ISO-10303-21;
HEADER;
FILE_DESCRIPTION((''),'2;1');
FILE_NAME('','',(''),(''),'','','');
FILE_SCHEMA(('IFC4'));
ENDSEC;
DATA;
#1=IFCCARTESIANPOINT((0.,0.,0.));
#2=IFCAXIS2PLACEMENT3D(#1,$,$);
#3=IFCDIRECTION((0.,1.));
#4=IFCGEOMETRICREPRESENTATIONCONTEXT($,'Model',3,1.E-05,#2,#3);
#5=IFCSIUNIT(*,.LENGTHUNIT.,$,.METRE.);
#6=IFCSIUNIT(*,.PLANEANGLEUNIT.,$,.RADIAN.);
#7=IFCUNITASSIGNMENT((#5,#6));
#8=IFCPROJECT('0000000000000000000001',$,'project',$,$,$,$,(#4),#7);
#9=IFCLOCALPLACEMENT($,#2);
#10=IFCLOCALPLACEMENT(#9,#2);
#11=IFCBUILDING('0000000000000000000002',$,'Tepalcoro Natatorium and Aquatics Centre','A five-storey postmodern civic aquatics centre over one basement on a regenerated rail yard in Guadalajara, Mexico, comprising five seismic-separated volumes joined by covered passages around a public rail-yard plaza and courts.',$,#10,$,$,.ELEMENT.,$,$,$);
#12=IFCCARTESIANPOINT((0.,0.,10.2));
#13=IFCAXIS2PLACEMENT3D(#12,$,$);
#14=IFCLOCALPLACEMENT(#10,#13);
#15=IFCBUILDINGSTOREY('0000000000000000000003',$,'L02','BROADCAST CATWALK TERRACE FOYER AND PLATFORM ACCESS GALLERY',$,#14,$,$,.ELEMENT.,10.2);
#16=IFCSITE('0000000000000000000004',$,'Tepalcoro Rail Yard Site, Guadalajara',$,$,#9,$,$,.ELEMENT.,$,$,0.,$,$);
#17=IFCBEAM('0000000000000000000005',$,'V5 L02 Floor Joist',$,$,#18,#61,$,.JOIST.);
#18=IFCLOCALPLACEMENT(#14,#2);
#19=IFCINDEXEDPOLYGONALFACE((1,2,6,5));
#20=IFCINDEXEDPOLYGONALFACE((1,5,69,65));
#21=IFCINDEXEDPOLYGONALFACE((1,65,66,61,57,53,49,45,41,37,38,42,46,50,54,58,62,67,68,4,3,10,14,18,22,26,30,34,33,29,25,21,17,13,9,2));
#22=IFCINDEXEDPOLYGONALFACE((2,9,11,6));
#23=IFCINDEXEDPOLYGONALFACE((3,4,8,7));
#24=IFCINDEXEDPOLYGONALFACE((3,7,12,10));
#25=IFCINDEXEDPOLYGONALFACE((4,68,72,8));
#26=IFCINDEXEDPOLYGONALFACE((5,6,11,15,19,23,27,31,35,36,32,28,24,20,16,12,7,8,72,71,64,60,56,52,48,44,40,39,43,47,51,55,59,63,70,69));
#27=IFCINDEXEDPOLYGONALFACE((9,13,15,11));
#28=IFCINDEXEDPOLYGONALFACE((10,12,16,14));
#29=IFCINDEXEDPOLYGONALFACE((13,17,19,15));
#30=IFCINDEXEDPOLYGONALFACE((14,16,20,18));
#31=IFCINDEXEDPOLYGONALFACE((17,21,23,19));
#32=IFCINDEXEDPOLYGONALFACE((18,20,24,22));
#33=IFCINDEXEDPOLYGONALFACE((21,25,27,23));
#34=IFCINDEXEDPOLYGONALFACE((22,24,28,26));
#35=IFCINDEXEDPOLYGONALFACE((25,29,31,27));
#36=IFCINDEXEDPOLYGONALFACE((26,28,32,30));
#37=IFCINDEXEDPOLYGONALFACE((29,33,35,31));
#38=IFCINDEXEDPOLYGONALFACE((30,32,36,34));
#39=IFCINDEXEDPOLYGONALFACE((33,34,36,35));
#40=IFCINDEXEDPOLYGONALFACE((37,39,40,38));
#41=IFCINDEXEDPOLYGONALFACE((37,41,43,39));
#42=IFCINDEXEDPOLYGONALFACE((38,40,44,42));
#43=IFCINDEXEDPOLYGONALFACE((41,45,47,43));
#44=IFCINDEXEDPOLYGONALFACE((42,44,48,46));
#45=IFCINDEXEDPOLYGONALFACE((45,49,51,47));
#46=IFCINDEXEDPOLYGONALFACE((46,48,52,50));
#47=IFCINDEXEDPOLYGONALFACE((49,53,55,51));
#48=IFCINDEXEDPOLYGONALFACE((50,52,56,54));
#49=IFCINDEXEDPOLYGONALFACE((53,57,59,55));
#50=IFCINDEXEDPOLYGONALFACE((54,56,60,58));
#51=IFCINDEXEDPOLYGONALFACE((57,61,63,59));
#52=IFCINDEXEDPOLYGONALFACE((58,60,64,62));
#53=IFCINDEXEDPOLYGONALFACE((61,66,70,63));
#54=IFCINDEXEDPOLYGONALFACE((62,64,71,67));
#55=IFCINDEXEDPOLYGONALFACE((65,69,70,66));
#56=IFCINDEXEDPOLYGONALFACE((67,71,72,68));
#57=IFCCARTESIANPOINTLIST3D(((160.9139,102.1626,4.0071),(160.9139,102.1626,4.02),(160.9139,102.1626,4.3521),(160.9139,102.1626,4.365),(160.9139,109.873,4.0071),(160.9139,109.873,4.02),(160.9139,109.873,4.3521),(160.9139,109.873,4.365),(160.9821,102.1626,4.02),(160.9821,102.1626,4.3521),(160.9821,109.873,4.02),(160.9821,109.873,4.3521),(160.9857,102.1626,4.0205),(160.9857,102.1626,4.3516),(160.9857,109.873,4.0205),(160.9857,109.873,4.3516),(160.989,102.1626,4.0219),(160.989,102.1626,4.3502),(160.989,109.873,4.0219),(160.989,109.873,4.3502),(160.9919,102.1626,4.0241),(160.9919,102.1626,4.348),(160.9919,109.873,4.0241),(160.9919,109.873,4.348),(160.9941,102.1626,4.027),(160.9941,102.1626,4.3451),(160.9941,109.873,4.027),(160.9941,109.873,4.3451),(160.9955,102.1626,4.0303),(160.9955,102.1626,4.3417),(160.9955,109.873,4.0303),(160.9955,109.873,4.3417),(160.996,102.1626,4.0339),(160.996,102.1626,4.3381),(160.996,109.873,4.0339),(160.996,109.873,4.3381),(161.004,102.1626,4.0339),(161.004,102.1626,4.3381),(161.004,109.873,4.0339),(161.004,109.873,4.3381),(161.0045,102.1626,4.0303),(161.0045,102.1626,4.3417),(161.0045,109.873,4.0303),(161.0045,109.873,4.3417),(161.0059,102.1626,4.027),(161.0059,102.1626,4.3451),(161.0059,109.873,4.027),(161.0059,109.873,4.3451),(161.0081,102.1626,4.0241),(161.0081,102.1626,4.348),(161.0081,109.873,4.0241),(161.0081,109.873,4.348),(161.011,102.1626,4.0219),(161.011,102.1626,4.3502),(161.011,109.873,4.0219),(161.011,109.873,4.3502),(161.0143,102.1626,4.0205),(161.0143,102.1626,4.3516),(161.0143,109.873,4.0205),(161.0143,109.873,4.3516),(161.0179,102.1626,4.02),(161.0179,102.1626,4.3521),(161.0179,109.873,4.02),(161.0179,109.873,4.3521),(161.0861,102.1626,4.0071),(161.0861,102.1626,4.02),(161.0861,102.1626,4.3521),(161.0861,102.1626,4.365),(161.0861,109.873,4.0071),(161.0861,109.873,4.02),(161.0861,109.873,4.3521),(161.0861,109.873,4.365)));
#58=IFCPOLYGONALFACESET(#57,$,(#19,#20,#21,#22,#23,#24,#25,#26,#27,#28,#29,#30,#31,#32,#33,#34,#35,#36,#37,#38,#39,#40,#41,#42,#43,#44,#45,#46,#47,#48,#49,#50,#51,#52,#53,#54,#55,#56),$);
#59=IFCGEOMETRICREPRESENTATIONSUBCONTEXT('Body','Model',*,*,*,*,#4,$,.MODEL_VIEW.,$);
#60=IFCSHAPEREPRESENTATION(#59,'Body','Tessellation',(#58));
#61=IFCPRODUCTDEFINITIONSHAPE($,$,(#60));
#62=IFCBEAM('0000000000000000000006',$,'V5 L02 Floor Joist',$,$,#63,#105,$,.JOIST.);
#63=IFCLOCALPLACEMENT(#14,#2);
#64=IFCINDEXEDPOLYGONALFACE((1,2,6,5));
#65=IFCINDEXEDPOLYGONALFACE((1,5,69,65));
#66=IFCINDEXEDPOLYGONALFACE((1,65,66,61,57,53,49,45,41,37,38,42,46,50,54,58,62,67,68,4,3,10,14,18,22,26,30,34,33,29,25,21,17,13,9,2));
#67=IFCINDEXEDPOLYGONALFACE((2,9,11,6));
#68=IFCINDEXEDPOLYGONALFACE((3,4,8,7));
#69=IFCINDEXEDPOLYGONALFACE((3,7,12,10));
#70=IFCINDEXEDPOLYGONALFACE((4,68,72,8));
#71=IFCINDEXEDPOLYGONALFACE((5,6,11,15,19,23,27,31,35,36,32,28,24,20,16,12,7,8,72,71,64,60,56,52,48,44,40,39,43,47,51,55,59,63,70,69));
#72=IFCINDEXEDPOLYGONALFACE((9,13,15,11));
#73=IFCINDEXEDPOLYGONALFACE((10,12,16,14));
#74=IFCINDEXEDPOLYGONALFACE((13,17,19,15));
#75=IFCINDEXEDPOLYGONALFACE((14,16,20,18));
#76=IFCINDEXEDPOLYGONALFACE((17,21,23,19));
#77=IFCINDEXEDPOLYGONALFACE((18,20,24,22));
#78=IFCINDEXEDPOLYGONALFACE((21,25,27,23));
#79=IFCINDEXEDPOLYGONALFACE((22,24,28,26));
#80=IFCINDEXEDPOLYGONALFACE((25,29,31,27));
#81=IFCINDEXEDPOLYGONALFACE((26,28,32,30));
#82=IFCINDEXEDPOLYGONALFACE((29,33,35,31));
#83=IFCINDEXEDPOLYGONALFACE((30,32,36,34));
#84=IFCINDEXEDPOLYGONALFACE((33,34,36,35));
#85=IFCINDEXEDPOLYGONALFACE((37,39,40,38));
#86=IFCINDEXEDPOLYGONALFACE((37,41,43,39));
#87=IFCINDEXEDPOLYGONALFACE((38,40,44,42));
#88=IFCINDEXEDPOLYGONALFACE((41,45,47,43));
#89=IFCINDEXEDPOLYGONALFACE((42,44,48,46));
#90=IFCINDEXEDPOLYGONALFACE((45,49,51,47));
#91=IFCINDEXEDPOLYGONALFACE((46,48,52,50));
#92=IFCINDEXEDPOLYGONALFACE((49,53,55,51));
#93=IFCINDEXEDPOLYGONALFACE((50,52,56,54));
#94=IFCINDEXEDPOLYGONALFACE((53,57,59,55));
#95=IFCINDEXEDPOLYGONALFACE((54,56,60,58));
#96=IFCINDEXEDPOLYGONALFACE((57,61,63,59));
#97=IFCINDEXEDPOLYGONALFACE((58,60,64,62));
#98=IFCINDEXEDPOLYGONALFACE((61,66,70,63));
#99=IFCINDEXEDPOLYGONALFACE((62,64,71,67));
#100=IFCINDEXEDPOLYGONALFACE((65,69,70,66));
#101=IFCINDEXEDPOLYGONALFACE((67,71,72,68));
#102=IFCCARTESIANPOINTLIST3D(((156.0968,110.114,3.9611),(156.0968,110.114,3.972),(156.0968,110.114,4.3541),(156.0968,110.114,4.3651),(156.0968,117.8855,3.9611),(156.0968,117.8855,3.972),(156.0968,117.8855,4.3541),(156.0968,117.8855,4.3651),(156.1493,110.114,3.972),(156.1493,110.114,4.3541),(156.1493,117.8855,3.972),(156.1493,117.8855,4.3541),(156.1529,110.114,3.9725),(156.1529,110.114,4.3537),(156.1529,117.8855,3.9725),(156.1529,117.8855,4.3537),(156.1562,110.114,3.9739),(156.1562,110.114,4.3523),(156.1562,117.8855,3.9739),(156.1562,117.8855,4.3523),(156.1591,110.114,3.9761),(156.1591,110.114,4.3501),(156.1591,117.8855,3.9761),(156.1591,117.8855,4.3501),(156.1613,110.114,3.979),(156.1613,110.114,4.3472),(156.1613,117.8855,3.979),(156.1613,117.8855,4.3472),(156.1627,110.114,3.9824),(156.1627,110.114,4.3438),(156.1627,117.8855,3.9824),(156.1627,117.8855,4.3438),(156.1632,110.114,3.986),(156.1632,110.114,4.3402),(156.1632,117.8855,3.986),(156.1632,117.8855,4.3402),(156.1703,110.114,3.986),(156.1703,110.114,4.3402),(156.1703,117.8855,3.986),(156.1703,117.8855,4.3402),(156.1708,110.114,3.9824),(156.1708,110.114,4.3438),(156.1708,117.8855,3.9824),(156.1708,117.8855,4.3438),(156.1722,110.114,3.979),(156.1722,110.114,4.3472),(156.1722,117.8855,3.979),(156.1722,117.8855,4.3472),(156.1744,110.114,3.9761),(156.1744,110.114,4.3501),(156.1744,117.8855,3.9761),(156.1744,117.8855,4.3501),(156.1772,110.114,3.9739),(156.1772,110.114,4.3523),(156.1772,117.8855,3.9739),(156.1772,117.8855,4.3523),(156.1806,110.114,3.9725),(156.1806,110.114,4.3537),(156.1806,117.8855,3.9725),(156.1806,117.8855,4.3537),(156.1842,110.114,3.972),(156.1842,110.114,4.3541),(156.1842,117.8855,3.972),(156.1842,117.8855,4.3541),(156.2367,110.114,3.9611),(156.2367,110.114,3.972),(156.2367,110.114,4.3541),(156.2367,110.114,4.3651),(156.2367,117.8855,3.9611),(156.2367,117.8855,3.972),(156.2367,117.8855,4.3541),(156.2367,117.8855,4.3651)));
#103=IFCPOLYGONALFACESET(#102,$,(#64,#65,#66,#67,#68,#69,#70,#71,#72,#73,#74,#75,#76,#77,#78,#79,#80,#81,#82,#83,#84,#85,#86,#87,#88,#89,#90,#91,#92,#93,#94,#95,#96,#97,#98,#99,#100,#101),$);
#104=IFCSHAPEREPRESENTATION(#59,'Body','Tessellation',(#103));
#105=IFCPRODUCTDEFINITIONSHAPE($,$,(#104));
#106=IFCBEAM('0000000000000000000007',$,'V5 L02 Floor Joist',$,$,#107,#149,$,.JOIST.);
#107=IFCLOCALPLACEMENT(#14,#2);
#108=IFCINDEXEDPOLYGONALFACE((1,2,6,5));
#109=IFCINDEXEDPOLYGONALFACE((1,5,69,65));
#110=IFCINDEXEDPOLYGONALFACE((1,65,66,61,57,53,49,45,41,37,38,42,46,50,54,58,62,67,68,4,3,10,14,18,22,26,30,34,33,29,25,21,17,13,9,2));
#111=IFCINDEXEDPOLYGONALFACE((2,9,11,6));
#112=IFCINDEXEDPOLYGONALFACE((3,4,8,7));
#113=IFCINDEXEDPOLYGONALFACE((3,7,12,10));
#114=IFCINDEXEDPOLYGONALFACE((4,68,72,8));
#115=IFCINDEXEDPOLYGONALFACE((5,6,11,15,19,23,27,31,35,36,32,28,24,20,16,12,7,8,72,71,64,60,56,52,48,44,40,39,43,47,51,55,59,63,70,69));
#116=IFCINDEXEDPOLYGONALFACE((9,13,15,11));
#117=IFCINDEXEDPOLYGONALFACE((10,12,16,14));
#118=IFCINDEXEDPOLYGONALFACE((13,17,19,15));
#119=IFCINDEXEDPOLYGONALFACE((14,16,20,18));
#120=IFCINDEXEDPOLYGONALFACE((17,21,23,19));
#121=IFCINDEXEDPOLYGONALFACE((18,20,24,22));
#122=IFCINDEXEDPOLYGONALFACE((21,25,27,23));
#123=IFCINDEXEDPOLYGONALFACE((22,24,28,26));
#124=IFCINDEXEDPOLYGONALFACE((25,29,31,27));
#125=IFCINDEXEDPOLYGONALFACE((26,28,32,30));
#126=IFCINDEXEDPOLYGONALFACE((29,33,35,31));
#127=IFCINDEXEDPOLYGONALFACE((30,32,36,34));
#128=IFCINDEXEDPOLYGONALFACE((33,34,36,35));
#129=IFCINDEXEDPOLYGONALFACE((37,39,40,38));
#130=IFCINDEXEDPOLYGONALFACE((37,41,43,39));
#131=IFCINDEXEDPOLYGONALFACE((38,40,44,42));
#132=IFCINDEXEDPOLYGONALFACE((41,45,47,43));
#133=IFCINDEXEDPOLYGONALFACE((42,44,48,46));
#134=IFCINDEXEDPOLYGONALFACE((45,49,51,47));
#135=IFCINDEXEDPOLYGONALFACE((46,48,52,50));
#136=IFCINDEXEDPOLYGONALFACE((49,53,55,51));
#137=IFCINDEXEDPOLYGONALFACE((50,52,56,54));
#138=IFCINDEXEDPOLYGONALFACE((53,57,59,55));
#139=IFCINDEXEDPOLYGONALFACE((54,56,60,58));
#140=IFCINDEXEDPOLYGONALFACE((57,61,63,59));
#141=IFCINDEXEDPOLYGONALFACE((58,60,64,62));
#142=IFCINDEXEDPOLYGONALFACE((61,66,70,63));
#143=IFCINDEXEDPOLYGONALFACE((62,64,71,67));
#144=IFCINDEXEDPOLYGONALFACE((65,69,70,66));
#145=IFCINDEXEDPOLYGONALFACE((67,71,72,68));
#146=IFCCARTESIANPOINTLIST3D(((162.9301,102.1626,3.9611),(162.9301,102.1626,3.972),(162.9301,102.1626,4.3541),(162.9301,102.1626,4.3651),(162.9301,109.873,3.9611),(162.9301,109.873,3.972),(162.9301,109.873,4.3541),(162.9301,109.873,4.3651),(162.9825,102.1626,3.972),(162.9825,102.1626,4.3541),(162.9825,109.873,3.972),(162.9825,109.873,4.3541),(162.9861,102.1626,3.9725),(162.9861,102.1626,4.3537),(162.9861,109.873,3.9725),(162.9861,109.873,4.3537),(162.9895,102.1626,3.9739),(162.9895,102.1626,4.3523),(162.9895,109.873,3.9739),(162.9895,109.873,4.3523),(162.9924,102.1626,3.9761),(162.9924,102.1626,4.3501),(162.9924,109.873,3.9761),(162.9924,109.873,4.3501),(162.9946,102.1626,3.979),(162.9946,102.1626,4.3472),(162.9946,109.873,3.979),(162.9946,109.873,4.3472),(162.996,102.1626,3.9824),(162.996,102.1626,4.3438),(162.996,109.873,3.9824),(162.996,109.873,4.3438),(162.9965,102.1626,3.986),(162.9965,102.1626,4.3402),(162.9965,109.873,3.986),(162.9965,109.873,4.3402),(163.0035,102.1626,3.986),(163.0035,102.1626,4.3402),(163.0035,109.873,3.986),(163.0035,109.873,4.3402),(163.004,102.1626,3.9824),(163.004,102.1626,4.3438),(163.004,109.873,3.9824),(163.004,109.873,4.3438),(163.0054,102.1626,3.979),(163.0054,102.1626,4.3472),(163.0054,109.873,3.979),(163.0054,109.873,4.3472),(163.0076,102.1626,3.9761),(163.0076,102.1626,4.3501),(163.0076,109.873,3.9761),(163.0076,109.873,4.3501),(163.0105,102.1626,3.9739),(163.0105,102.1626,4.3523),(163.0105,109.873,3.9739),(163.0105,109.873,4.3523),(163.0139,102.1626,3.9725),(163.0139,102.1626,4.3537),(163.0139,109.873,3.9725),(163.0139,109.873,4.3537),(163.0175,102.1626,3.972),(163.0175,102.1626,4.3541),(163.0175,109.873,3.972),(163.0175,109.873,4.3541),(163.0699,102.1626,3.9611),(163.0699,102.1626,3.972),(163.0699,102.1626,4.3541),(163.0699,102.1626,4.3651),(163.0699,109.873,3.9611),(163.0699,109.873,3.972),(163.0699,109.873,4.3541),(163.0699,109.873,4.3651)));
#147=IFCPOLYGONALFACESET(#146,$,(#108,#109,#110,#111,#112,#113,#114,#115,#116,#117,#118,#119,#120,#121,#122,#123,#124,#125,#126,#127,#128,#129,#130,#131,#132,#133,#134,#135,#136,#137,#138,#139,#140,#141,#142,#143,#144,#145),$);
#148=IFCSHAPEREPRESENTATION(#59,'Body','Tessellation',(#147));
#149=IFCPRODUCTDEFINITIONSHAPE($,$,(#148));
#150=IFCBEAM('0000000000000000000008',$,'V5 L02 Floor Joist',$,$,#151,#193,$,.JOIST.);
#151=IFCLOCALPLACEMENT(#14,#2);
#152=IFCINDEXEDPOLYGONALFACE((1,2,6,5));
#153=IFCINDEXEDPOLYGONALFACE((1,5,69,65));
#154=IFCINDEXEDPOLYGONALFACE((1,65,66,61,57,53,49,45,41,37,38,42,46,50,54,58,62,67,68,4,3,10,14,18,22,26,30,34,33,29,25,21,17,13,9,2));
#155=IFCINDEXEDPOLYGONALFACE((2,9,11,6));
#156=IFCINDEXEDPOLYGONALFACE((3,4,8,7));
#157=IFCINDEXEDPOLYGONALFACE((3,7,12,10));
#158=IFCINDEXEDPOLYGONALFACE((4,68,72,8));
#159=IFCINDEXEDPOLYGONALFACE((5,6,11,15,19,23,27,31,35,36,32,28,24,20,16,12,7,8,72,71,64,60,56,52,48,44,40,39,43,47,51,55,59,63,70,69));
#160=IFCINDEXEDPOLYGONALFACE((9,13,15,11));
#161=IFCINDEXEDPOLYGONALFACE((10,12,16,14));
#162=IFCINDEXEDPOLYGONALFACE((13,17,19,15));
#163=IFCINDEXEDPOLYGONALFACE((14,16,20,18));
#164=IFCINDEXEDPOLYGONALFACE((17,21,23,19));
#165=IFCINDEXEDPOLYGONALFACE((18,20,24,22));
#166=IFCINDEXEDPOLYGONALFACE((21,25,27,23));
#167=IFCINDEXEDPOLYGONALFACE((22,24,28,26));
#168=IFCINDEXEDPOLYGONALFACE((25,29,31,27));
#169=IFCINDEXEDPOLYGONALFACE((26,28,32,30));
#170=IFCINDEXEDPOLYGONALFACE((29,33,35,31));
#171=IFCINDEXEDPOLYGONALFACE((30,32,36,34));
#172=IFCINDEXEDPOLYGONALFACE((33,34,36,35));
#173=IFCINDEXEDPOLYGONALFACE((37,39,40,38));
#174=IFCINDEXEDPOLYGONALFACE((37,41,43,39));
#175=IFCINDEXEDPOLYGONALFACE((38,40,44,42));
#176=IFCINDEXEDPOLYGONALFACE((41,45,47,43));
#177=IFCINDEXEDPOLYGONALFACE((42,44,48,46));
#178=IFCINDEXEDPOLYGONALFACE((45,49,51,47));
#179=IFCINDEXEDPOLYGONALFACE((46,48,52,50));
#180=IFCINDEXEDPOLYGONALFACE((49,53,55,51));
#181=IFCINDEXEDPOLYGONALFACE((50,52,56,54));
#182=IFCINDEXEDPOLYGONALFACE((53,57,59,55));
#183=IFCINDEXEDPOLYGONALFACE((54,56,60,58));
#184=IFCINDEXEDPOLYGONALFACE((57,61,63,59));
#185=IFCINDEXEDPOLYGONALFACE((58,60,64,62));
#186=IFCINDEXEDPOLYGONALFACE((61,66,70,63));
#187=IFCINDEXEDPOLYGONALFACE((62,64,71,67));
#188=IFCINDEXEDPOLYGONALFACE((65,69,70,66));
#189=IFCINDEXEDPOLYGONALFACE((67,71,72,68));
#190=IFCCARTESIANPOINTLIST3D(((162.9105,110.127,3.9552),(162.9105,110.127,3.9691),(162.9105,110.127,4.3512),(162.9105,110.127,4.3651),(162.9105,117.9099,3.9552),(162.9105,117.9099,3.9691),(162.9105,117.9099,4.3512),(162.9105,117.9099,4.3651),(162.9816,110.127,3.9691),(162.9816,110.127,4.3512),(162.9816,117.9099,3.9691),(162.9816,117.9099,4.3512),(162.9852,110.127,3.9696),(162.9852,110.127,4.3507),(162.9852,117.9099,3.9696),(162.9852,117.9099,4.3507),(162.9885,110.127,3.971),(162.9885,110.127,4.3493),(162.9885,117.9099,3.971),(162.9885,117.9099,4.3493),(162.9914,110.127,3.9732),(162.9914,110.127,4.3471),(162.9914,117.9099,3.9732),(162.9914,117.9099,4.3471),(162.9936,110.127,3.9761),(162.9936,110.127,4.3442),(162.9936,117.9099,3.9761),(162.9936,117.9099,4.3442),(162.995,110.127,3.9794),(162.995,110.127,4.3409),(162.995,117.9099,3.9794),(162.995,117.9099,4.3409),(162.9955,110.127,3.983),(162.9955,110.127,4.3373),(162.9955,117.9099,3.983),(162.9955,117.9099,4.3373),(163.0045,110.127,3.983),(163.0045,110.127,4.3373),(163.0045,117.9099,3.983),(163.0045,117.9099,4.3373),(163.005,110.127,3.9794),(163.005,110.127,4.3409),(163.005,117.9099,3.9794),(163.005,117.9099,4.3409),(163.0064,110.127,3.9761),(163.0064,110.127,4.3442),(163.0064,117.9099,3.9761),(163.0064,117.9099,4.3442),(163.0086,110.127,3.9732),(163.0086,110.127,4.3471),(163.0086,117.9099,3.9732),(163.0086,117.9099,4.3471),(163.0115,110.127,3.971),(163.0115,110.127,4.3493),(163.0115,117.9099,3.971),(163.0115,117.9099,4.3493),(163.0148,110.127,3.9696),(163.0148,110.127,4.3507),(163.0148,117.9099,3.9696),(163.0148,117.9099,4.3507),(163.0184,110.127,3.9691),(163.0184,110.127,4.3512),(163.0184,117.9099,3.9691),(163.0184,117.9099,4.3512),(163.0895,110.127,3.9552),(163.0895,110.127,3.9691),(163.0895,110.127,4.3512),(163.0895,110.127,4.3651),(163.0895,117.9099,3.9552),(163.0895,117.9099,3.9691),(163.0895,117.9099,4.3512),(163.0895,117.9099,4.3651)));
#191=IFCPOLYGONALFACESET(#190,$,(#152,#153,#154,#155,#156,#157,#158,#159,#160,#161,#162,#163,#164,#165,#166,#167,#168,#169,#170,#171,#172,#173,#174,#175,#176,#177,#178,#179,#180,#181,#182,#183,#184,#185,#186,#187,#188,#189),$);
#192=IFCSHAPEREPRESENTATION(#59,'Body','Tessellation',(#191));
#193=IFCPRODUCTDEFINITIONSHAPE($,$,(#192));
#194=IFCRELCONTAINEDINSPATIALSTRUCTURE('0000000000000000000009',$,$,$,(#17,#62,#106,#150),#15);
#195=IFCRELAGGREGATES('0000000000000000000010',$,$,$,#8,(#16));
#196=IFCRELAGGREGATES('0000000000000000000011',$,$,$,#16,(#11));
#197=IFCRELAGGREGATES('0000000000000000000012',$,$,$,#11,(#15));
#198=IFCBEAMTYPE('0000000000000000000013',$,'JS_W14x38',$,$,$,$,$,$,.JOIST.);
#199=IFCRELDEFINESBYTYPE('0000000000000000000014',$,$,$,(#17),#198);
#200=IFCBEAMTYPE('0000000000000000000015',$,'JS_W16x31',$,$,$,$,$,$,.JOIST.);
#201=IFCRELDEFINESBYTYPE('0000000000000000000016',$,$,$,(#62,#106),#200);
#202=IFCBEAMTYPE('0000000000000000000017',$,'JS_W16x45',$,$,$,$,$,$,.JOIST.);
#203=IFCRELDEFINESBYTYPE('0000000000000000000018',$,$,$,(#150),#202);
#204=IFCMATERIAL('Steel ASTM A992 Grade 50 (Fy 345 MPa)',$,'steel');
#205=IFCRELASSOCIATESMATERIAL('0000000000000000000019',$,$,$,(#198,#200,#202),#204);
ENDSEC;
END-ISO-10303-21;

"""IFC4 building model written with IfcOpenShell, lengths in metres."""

from ifc_helpers import new_model, si_unit, direction, frame, origin, origin_2d, place, context, subcontext, project, spatial, i_section, extrude, material, material_profile, profile_set, type_object, element, save


model = new_model("IFC4")

# Units and contexts
model_context = context("Model", 3, precision=1e-05, world=origin(), true_north=direction((0.0, 1.0)))
body_context = subcontext(model_context, "Body", "Model", "MODEL_VIEW")
ifc_project = project(units=[si_unit("LENGTHUNIT", "METRE"), si_unit("PLANEANGLEUNIT", "RADIAN")], contexts=[model_context])

# Site, building, storey
site_placement = place(None, origin())
site = spatial("IfcSite", under=ifc_project, at=site_placement, Name="Tepalcoro Rail Yard Site, Guadalajara", CompositionType="ELEMENT", RefElevation=0.0)
building_placement = place(site_placement, origin())
building = spatial("IfcBuilding", under=site, at=building_placement, Name="Tepalcoro Natatorium and Aquatics Centre", Description="A five-storey postmodern civic aquatics centre over one basement on a regenerated rail yard in Guadalajara, Mexico, comprising five seismic-separated volumes joined by covered passages around a public rail-yard plaza and courts.", CompositionType="ELEMENT")
storey_placement = place(building_placement, frame((0.0, 0.0, 10.2)))
storey = spatial("IfcBuildingStorey", under=building, at=storey_placement, Name="L02", Description="BROADCAST CATWALK TERRACE FOYER AND PLATFORM ACCESS GALLERY", CompositionType="ELEMENT", Elevation=10.2)

# Beams
ifc_material_1 = material(Name="Steel ASTM A992 Grade 50 (Fy 345 MPa)", Category="steel")
ifc_material_profile_1 = material_profile(ifc_material_1, i_section(OverallWidth=0.1721, OverallDepth=0.3579, WebThickness=0.0081, FlangeThickness=0.0129, FilletRadius=0.0139, at=origin_2d()), Name="W14X38")
ifc_profile_set_1 = profile_set([ifc_material_profile_1], Name="Steel ASTM A992 Grade 50 (Fy 345 MPa)")
beam_type_1 = type_object("IfcBeamType", Name="JS_W14x38", PredefinedType="JOIST", material=ifc_profile_set_1)
beam_1_placement = place(storey_placement, frame((161.0, 102.1626, 4.186), z_axis=(0.0, 1.0, 0.0), x_axis=(-1.0, 0.0, 0.0)))
element("IfcBeam", 1, at=beam_1_placement, inside=storey, type_object=beam_type_1, Name="V5 L02 Floor Joist", PredefinedType="JOIST", context=body_context, shape_type="SweptSolid", body=[
    extrude(i_section(OverallWidth=0.1721, OverallDepth=0.3579, WebThickness=0.0081, FlangeThickness=0.0129, FilletRadius=0.0139, at=origin_2d()), origin(), (0.0, 0.0, 1.0), 7.7104),
])
ifc_material_profile_2 = material_profile(ifc_material_1, i_section(OverallWidth=0.1399, OverallDepth=0.4041, WebThickness=0.0071, FlangeThickness=0.011, FilletRadius=0.0139, at=origin_2d()), Name="W16X31")
ifc_profile_set_2 = profile_set([ifc_material_profile_2], Name="Steel ASTM A992 Grade 50 (Fy 345 MPa)")
beam_type_2 = type_object("IfcBeamType", Name="JS_W16x31", PredefinedType="JOIST", material=ifc_profile_set_2)
beam_2_placement = place(storey_placement, frame((156.1667, 110.114, 4.1631), z_axis=(0.0, 1.0, 0.0), x_axis=(-1.0, 0.0, 0.0)))
element("IfcBeam", 2, at=beam_2_placement, inside=storey, type_object=beam_type_2, Name="V5 L02 Floor Joist", PredefinedType="JOIST", context=body_context, shape_type="SweptSolid", body=[
    extrude(i_section(OverallWidth=0.1399, OverallDepth=0.4041, WebThickness=0.0071, FlangeThickness=0.011, FilletRadius=0.0139, at=origin_2d()), origin(), (0.0, 0.0, 1.0), 7.7715),
])
beam_3_placement = place(storey_placement, frame((163.0, 102.1626, 4.1631), z_axis=(0.0, 1.0, 0.0), x_axis=(-1.0, 0.0, 0.0)))
element("IfcBeam", 3, at=beam_3_placement, inside=storey, type_object=beam_type_2, Name="V5 L02 Floor Joist", PredefinedType="JOIST", context=body_context, shape_type="SweptSolid", body=[
    extrude(i_section(OverallWidth=0.1399, OverallDepth=0.4041, WebThickness=0.0071, FlangeThickness=0.011, FilletRadius=0.0139, at=origin_2d()), origin(), (0.0, 0.0, 1.0), 7.7104),
])
ifc_material_profile_3 = material_profile(ifc_material_1, i_section(OverallWidth=0.179, OverallDepth=0.4099, WebThickness=0.009, FlangeThickness=0.0139, FilletRadius=0.0139, at=origin_2d()), Name="W16X45")
ifc_profile_set_3 = profile_set([ifc_material_profile_3], Name="Steel ASTM A992 Grade 50 (Fy 345 MPa)")
beam_type_3 = type_object("IfcBeamType", Name="JS_W16x45", PredefinedType="JOIST", material=ifc_profile_set_3)
beam_4_placement = place(storey_placement, frame((163.0, 110.127, 4.1602), z_axis=(0.0, 1.0, 0.0), x_axis=(-1.0, 0.0, 0.0)))
element("IfcBeam", 4, at=beam_4_placement, inside=storey, type_object=beam_type_3, Name="V5 L02 Floor Joist", PredefinedType="JOIST", context=body_context, shape_type="SweptSolid", body=[
    extrude(i_section(OverallWidth=0.179, OverallDepth=0.4099, WebThickness=0.009, FlangeThickness=0.0139, FilletRadius=0.0139, at=origin_2d()), origin(), (0.0, 0.0, 1.0), 7.783),
])

save(model, "model.ifc")
